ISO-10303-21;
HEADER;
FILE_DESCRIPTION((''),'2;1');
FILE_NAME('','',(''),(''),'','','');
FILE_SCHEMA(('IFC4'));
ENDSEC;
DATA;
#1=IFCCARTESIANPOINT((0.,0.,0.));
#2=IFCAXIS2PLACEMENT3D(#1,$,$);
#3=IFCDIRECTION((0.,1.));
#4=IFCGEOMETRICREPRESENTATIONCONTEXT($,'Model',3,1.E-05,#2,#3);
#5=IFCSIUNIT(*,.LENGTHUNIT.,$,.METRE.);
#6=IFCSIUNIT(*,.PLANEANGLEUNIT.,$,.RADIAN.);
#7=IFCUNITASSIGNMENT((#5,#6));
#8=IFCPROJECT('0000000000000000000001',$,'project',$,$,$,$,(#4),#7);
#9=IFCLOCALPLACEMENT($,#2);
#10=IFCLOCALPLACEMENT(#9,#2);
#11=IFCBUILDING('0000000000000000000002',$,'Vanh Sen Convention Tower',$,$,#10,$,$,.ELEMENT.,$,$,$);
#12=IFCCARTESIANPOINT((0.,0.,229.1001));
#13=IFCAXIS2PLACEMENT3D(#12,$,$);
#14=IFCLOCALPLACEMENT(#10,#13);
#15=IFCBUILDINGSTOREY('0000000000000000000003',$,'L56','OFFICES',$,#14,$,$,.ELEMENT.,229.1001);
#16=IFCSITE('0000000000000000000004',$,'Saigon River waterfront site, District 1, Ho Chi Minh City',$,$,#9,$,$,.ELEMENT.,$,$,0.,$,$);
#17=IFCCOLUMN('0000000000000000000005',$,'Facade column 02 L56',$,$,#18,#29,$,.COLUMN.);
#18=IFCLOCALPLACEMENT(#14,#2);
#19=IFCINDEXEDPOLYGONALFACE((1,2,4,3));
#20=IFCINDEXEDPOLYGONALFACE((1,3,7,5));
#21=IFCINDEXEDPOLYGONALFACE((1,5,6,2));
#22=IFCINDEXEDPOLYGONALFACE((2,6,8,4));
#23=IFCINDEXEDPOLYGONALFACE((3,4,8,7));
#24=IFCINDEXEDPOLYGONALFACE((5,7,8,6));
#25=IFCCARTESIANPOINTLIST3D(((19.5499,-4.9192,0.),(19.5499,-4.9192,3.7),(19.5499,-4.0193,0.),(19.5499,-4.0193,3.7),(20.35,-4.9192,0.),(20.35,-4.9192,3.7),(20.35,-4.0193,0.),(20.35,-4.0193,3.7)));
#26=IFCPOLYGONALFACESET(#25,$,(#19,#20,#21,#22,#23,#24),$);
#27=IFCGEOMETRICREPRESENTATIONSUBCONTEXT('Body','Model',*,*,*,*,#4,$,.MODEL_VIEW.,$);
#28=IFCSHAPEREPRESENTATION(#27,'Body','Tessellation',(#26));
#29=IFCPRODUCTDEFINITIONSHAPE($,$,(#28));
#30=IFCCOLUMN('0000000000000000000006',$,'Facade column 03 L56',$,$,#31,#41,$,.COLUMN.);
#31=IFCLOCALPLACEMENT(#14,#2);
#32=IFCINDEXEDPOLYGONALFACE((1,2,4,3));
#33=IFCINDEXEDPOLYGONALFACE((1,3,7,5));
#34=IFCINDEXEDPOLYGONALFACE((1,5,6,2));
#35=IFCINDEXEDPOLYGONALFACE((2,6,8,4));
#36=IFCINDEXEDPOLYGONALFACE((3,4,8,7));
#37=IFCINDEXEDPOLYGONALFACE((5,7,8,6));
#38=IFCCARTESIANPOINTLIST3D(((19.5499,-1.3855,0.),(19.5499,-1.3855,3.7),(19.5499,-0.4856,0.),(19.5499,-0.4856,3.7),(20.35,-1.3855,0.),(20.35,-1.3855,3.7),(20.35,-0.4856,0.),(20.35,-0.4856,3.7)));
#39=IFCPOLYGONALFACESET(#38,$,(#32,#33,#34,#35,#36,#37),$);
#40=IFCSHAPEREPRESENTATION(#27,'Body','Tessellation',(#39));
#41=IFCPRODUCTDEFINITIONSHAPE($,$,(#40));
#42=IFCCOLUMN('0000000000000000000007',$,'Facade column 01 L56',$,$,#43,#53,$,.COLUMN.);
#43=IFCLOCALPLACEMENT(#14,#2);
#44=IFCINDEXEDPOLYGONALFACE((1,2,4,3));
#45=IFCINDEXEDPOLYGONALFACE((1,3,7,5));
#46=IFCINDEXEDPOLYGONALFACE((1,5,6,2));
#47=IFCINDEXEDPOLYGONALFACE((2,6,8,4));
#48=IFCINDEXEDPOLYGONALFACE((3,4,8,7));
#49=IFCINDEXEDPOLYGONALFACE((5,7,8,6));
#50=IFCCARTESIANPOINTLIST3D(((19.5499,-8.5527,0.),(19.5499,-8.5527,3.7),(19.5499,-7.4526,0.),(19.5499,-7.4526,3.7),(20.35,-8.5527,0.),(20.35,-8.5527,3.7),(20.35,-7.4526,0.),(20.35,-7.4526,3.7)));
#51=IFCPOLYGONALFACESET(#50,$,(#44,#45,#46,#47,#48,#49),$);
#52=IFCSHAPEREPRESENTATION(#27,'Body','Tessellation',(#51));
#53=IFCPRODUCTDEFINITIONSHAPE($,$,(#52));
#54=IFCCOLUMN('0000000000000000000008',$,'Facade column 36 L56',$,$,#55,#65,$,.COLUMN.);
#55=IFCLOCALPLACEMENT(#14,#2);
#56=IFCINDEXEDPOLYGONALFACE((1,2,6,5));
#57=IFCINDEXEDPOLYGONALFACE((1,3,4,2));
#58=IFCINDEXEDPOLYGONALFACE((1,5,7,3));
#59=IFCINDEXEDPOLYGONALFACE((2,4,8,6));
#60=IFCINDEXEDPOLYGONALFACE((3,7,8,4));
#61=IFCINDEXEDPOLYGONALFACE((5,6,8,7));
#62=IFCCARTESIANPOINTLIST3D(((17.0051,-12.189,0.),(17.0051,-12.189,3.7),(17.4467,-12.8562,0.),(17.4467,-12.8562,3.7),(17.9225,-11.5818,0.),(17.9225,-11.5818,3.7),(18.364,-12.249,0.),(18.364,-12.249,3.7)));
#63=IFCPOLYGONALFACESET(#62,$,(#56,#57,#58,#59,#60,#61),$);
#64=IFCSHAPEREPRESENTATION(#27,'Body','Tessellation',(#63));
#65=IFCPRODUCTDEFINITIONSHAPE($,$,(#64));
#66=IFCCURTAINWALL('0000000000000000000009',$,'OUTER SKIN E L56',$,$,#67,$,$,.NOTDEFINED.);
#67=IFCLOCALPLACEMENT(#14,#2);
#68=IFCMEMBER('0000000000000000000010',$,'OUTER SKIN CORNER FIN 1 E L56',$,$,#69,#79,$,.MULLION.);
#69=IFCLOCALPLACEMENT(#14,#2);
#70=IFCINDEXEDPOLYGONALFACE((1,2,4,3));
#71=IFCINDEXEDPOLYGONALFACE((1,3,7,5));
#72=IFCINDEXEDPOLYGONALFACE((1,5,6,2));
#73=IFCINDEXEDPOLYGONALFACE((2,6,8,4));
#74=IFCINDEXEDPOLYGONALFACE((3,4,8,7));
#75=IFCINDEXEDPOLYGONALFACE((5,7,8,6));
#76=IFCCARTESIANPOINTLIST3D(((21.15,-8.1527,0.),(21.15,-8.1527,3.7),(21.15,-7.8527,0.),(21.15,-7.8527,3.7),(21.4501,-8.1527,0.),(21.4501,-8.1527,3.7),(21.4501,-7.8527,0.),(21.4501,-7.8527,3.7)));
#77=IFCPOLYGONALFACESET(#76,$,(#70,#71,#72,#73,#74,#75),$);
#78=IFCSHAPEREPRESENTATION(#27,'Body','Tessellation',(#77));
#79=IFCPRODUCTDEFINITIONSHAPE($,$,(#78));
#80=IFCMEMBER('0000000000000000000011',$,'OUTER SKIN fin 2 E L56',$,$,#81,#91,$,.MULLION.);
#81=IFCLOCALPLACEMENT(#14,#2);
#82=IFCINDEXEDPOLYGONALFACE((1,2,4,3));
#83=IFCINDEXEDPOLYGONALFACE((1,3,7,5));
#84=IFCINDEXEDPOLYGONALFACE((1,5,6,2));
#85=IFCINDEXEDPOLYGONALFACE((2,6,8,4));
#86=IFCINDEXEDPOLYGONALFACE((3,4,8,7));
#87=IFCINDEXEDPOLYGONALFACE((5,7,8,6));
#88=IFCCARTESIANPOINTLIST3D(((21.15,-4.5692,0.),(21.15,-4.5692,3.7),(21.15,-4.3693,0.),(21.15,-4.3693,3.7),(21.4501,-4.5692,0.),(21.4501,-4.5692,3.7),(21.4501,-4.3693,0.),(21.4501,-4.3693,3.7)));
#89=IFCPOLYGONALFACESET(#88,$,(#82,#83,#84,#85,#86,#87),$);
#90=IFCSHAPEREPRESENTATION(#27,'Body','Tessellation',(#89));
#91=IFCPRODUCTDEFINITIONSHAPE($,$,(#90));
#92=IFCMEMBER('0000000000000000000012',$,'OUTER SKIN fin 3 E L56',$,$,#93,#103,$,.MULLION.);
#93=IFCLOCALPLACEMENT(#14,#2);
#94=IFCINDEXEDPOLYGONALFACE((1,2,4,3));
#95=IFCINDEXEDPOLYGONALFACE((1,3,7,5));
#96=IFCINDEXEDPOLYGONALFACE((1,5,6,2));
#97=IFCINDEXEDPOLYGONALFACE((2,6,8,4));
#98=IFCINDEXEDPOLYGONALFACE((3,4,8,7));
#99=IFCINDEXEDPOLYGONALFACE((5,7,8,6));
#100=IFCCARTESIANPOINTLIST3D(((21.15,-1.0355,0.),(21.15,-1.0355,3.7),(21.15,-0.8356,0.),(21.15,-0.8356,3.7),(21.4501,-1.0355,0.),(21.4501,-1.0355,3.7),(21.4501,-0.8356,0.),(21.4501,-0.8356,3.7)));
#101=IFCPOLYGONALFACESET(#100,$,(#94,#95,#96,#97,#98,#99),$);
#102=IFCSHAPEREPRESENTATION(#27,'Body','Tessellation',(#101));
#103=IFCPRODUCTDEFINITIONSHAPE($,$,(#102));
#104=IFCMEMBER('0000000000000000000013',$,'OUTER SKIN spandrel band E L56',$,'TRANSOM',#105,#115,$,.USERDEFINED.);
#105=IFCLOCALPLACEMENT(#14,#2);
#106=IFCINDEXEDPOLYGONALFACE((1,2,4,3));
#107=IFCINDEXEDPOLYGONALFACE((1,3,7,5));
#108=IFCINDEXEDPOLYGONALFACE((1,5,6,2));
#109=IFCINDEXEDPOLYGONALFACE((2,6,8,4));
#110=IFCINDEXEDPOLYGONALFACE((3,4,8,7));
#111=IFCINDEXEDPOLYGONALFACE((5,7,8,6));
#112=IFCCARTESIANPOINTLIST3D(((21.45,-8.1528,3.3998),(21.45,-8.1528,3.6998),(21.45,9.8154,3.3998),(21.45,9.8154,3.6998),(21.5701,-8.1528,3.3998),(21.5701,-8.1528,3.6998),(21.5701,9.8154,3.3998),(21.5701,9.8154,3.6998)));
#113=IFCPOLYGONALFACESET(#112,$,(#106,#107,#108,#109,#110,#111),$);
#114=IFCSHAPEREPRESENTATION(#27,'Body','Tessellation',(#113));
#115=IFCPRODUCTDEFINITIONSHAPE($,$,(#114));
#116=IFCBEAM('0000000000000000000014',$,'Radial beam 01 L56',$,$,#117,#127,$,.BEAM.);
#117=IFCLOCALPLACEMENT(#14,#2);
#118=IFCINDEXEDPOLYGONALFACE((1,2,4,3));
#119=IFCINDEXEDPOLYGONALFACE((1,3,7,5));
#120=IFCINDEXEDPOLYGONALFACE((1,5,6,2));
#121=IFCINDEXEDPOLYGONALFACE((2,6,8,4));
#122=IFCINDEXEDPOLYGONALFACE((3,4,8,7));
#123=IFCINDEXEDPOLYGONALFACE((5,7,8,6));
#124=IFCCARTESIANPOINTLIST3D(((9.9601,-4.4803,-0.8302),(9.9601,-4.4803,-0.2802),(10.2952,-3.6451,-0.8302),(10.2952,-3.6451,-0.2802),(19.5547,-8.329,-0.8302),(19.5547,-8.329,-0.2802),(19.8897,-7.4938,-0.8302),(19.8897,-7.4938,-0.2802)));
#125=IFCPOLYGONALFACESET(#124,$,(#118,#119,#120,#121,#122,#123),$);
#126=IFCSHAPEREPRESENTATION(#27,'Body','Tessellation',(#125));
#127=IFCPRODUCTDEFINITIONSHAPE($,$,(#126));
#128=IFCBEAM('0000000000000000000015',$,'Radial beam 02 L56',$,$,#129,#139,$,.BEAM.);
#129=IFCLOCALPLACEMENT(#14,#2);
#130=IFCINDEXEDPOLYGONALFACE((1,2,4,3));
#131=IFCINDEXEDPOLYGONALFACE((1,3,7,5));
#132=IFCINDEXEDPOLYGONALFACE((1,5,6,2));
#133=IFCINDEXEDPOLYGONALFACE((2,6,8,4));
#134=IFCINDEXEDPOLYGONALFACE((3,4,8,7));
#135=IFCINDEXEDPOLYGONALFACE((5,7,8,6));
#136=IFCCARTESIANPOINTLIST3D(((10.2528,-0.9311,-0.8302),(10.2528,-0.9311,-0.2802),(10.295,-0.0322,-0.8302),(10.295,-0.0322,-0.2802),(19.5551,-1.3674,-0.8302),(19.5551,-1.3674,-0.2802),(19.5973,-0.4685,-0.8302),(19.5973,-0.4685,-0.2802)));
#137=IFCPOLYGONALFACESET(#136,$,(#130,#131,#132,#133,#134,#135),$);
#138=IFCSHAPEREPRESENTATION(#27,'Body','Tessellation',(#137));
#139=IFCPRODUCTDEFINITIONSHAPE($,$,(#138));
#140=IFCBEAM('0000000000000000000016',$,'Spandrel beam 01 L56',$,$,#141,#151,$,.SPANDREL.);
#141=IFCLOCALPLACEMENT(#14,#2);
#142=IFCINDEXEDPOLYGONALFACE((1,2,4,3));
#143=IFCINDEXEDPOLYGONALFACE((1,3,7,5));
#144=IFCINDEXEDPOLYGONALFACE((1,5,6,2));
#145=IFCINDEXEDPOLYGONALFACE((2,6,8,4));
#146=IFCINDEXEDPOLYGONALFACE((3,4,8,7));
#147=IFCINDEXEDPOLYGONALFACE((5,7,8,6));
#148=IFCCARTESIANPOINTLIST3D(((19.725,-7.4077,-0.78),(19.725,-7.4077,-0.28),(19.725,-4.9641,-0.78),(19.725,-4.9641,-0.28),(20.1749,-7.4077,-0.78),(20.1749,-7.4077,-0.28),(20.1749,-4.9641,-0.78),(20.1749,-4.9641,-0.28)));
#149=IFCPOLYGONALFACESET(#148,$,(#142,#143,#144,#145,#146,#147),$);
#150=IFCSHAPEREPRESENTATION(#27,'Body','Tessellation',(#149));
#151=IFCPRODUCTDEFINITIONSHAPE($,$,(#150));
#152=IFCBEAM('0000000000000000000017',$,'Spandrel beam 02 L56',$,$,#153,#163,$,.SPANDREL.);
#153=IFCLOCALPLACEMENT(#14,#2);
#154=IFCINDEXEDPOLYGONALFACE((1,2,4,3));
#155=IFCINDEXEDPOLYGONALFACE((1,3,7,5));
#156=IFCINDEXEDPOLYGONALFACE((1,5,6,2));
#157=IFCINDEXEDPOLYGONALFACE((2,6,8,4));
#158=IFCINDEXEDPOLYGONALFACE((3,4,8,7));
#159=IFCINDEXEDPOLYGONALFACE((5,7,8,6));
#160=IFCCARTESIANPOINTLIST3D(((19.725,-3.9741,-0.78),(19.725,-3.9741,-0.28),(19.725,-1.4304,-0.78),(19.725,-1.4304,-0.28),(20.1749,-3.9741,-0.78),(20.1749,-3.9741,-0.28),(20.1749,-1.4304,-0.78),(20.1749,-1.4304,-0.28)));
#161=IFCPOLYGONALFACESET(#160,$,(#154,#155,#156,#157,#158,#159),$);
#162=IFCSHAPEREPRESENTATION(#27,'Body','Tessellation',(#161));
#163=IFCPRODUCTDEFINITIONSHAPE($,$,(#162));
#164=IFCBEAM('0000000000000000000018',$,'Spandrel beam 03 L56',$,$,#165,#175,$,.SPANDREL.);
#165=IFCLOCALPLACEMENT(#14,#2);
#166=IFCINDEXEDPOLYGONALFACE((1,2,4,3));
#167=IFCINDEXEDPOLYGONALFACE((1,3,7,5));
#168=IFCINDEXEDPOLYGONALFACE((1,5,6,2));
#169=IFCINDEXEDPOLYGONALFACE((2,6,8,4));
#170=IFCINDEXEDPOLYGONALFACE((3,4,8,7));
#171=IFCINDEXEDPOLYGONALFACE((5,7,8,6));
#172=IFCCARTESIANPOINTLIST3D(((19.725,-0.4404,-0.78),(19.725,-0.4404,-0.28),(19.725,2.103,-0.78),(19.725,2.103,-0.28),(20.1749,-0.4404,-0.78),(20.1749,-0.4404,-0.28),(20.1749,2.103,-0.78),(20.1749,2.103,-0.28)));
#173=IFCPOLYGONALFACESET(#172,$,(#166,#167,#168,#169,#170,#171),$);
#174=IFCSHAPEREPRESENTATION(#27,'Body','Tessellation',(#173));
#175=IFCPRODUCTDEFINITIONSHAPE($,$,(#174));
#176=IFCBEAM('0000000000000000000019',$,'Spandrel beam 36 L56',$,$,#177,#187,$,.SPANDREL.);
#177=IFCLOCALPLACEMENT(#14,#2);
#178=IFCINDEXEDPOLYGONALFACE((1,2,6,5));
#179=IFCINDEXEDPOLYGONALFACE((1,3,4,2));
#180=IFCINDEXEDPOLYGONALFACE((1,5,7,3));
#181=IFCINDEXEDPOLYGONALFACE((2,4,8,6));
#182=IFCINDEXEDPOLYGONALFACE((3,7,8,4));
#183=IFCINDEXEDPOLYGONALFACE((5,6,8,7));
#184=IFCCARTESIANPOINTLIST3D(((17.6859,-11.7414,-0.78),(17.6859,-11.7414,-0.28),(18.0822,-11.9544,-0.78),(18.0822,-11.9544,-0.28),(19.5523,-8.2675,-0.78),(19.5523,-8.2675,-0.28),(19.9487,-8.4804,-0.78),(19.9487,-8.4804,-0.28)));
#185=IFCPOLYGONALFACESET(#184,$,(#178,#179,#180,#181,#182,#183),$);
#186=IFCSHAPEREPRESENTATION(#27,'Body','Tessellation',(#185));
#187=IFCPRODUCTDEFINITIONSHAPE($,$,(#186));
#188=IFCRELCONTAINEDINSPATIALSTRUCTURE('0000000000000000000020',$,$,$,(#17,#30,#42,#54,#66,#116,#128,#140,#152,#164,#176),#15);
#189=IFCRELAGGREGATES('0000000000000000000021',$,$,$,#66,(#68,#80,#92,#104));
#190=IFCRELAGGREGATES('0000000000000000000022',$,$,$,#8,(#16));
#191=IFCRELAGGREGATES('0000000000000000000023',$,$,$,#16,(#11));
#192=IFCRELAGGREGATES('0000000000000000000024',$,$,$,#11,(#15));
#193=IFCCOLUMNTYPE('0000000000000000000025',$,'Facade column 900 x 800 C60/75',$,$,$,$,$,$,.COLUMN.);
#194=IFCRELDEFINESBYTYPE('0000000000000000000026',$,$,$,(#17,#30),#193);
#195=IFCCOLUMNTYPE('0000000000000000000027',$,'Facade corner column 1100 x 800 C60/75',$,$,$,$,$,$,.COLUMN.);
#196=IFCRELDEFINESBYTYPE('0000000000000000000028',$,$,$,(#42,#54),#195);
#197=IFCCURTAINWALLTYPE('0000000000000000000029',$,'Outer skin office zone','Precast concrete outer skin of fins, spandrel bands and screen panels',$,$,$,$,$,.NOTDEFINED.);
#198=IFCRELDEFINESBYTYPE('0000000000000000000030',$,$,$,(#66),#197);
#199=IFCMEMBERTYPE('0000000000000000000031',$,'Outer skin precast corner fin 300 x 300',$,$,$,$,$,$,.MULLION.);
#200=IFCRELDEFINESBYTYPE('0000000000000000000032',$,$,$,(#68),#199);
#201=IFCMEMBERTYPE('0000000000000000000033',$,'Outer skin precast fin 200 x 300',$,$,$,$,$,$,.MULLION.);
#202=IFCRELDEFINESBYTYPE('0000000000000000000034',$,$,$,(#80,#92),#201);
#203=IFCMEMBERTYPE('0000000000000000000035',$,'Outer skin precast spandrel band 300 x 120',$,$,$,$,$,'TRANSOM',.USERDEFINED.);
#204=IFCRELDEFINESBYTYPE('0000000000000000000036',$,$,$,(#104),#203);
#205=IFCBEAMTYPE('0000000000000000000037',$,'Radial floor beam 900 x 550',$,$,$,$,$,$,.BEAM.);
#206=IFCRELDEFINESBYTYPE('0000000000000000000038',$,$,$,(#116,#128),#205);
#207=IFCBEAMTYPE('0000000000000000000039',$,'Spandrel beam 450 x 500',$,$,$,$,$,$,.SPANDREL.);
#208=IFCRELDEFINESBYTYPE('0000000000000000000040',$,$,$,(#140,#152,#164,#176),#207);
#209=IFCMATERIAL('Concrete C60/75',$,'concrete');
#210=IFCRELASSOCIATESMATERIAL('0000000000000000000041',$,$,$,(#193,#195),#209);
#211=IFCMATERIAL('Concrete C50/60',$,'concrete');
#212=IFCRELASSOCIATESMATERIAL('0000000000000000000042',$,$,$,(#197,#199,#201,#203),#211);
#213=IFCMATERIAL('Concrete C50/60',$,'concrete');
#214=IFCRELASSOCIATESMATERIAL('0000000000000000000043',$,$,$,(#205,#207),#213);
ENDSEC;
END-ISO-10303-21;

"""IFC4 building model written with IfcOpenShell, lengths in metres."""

from ifc_helpers import new_model, si_unit, direction, frame, origin, origin_2d, place, context, subcontext, project, spatial, rectangle, extrude, material, material_profile, profile_set, type_object, element, aggregate, save


model = new_model("IFC4")

# Units and contexts
model_context = context("Model", 3, precision=1e-05, world=origin(), true_north=direction((0.0, 1.0)))
body_context = subcontext(model_context, "Body", "Model", "MODEL_VIEW")
ifc_project = project(units=[si_unit("LENGTHUNIT", "METRE"), si_unit("PLANEANGLEUNIT", "RADIAN")], contexts=[model_context])

# Site, building, storey
site_placement = place(None, origin())
site = spatial("IfcSite", under=ifc_project, at=site_placement, Name="Saigon River waterfront site, District 1, Ho Chi Minh City", CompositionType="ELEMENT", RefElevation=0.0)
building_placement = place(site_placement, origin())
building = spatial("IfcBuilding", under=site, at=building_placement, Name="Vanh Sen Convention Tower", CompositionType="ELEMENT")
storey_placement = place(building_placement, frame((0.0, 0.0, 229.1001)))
storey = spatial("IfcBuildingStorey", under=building, at=storey_placement, Name="L56", Description="OFFICES", CompositionType="ELEMENT", Elevation=229.1001)

# Columns
ifc_material_1 = material(Name="Concrete C60/75", Category="concrete")
ifc_material_profile_1 = material_profile(ifc_material_1, rectangle(XDim=0.8999, YDim=0.8, at=origin_2d()), Name="RC 900X800")
ifc_profile_set_1 = profile_set([ifc_material_profile_1], Name="Concrete C60/75")
column_type_1 = type_object("IfcColumnType", Name="Facade column 900 x 800 C60/75", PredefinedType="COLUMN", material=ifc_profile_set_1)
for number, where, z_axis, x_axis, name in (
    (1, (19.95, -4.4692, 0.0), (0.0, 0.0, 1.0), (0.0, 1.0, 0.0), "Facade column 02 L56"),
    (2, (19.95, -0.9355, 0.0), (0.0, 0.0, 1.0), (0.0, 1.0, 0.0), "Facade column 03 L56"),
):
    element("IfcColumn", number, at=place(storey_placement, frame(where, z_axis=z_axis, x_axis=x_axis)), inside=storey, type_object=column_type_1, Name=name, PredefinedType="COLUMN", context=body_context, shape_type="SweptSolid", body=[
        extrude(rectangle(XDim=0.8999, YDim=0.8, at=origin_2d()), origin(), (0.0, 0.0, 1.0), 3.7),
    ])
ifc_material_profile_2 = material_profile(ifc_material_1, rectangle(XDim=1.1001, YDim=0.8, at=origin_2d()), Name="RC 1100X800")
ifc_profile_set_2 = profile_set([ifc_material_profile_2], Name="Concrete C60/75")
column_type_2 = type_object("IfcColumnType", Name="Facade corner column 1100 x 800 C60/75", PredefinedType="COLUMN", material=ifc_profile_set_2)
for number, where, z_axis, x_axis, name in (
    (3, (19.95, -8.0027, 0.0), (0.0, 0.0, 1.0), (0.0, 1.0, 0.0), "Facade column 01 L56"),
    (4, (17.6846, -12.219, 0.0), (0.0, 0.0, 1.0), (0.833886, 0.551937, 0.0), "Facade column 36 L56"),
):
    element("IfcColumn", number, at=place(storey_placement, frame(where, z_axis=z_axis, x_axis=x_axis)), inside=storey, type_object=column_type_2, Name=name, PredefinedType="COLUMN", context=body_context, shape_type="SweptSolid", body=[
        extrude(rectangle(XDim=1.1001, YDim=0.8, at=origin_2d()), origin(), (0.0, 0.0, 1.0), 3.7),
    ])

# Curtain wall, members
ifc_material_2 = material(Name="Concrete C50/60", Category="concrete")
curtain_wall_type = type_object("IfcCurtainWallType", Name="Outer skin office zone", Description="Precast concrete outer skin of fins, spandrel bands and screen panels", PredefinedType="NOTDEFINED", material=ifc_material_2)
curtain_wall_1_placement = place(storey_placement, origin())
curtain_wall_1 = element("IfcCurtainWall", 5, at=curtain_wall_1_placement, inside=storey, type_object=curtain_wall_type, Name="OUTER SKIN E L56", PredefinedType="NOTDEFINED")
ifc_material_profile_3 = material_profile(ifc_material_2, rectangle(XDim=0.3, YDim=0.3, at=origin_2d()), Name="Outer skin precast corner fin 300 x 300")
ifc_profile_set_3 = profile_set([ifc_material_profile_3], Name="Concrete C50/60")
member_type_1 = type_object("IfcMemberType", Name="Outer skin precast corner fin 300 x 300", PredefinedType="MULLION", material=ifc_profile_set_3)
member_1_placement = place(storey_placement, frame((21.3, -8.0027, 0.0), z_axis=(0.0, 0.0, 1.0), x_axis=(0.0, 1.0, 0.0)))
member_1 = element("IfcMember", 6, at=member_1_placement, type_object=member_type_1, Name="OUTER SKIN CORNER FIN 1 E L56", PredefinedType="MULLION", context=body_context, shape_type="SweptSolid", body=[
    extrude(rectangle(XDim=0.3, YDim=0.3, at=origin_2d()), origin(), (0.0, 0.0, 1.0), 3.7),
])
ifc_material_profile_4 = material_profile(ifc_material_2, rectangle(XDim=0.2, YDim=0.3, at=origin_2d()), Name="Outer skin precast fin 200 x 300")
ifc_profile_set_4 = profile_set([ifc_material_profile_4], Name="Concrete C50/60")
member_type_2 = type_object("IfcMemberType", Name="Outer skin precast fin 200 x 300", PredefinedType="MULLION", material=ifc_profile_set_4)
member_2_placement = place(storey_placement, frame((21.3, -4.4692, 0.0), z_axis=(0.0, 0.0, 1.0), x_axis=(0.0, 1.0, 0.0)))
member_2 = element("IfcMember", 7, at=member_2_placement, type_object=member_type_2, Name="OUTER SKIN fin 2 E L56", PredefinedType="MULLION", context=body_context, shape_type="SweptSolid", body=[
    extrude(rectangle(XDim=0.2, YDim=0.3, at=origin_2d()), origin(), (0.0, 0.0, 1.0), 3.7),
])
member_3_placement = place(storey_placement, frame((21.3, -0.9355, 0.0), z_axis=(0.0, 0.0, 1.0), x_axis=(0.0, 1.0, 0.0)))
member_3 = element("IfcMember", 8, at=member_3_placement, type_object=member_type_2, Name="OUTER SKIN fin 3 E L56", PredefinedType="MULLION", context=body_context, shape_type="SweptSolid", body=[
    extrude(rectangle(XDim=0.2, YDim=0.3, at=origin_2d()), origin(), (0.0, 0.0, 1.0), 3.7),
])
ifc_material_profile_5 = material_profile(ifc_material_2, rectangle(XDim=0.1201, YDim=0.3, at=origin_2d()), Name="Outer skin precast spandrel band 300 x 120")
ifc_profile_set_5 = profile_set([ifc_material_profile_5], Name="Concrete C50/60")
member_type_3 = type_object("IfcMemberType", Name="Outer skin precast spandrel band 300 x 120", ElementType="TRANSOM", PredefinedType="USERDEFINED", material=ifc_profile_set_5)
member_4_placement = place(storey_placement, frame((21.51, -8.1528, 3.5498), z_axis=(0.0, 1.0, 0.0), x_axis=(-1.0, 0.0, 0.0)))
member_4 = element("IfcMember", 9, at=member_4_placement, type_object=member_type_3, Name="OUTER SKIN spandrel band E L56", ObjectType="TRANSOM", PredefinedType="USERDEFINED", context=body_context, shape_type="SweptSolid", body=[
    extrude(rectangle(XDim=0.1201, YDim=0.3, at=origin_2d()), origin(), (0.0, 0.0, 1.0), 17.9683),
])

# Beams
ifc_material_3 = material(Name="Concrete C50/60", Category="concrete")
ifc_material_profile_6 = material_profile(ifc_material_3, rectangle(XDim=0.8999, YDim=0.55, at=origin_2d()), Name="RC 900X550")
ifc_profile_set_6 = profile_set([ifc_material_profile_6], Name="Concrete C50/60")
beam_type_1 = type_object("IfcBeamType", Name="Radial floor beam 900 x 550", PredefinedType="BEAM", material=ifc_profile_set_6)
beam_1_placement = place(storey_placement, frame((19.7222, -7.9114, -0.5552), z_axis=(-0.928115, 0.372294, 0.0), x_axis=(-0.372294, -0.928115, 0.0)))
element("IfcBeam", 10, at=beam_1_placement, inside=storey, type_object=beam_type_1, Name="Radial beam 01 L56", PredefinedType="BEAM", context=body_context, shape_type="SweptSolid", body=[
    extrude(rectangle(XDim=0.8999, YDim=0.55, at=origin_2d()), origin(), (0.0, 0.0, 1.0), 10.3376),
])
beam_2_placement = place(storey_placement, frame((19.5762, -0.918, -0.5552), z_axis=(-0.998902, 0.046849, 0.0), x_axis=(-0.046849, -0.998902, 0.0)))
element("IfcBeam", 11, at=beam_2_placement, inside=storey, type_object=beam_type_1, Name="Radial beam 02 L56", PredefinedType="BEAM", context=body_context, shape_type="SweptSolid", body=[
    extrude(rectangle(XDim=0.8999, YDim=0.55, at=origin_2d()), origin(), (0.0, 0.0, 1.0), 9.3125),
])
ifc_material_profile_7 = material_profile(ifc_material_3, rectangle(XDim=0.45, YDim=0.5, at=origin_2d()), Name="RC 450X500")
ifc_profile_set_7 = profile_set([ifc_material_profile_7], Name="Concrete C50/60")
beam_type_2 = type_object("IfcBeamType", Name="Spandrel beam 450 x 500", PredefinedType="SPANDREL", material=ifc_profile_set_7)
beam_3_placement = place(storey_placement, frame((19.95, -7.4077, -0.53), z_axis=(0.0, 1.0, 0.0), x_axis=(-1.0, 0.0, 0.0)))
element("IfcBeam", 12, at=beam_3_placement, inside=storey, type_object=beam_type_2, Name="Spandrel beam 01 L56", PredefinedType="SPANDREL", context=body_context, shape_type="SweptSolid", body=[
    extrude(rectangle(XDim=0.45, YDim=0.5, at=origin_2d()), origin(), (0.0, 0.0, 1.0), 2.4436),
])
beam_4_placement = place(storey_placement, frame((19.95, -3.9741, -0.53), z_axis=(0.0, 1.0, 0.0), x_axis=(-1.0, 0.0, 0.0)))
element("IfcBeam", 13, at=beam_4_placement, inside=storey, type_object=beam_type_2, Name="Spandrel beam 02 L56", PredefinedType="SPANDREL", context=body_context, shape_type="SweptSolid", body=[
    extrude(rectangle(XDim=0.45, YDim=0.5, at=origin_2d()), origin(), (0.0, 0.0, 1.0), 2.5437),
])
beam_5_placement = place(storey_placement, frame((19.95, -0.4404, -0.53), z_axis=(0.0, 1.0, 0.0), x_axis=(-1.0, 0.0, 0.0)))
element("IfcBeam", 14, at=beam_5_placement, inside=storey, type_object=beam_type_2, Name="Spandrel beam 03 L56", PredefinedType="SPANDREL", context=body_context, shape_type="SweptSolid", body=[
    extrude(rectangle(XDim=0.45, YDim=0.5, at=origin_2d()), origin(), (0.0, 0.0, 1.0), 2.5435),
])
beam_6_placement = place(storey_placement, frame((17.884, -11.8479, -0.53), z_axis=(0.473295, 0.880904, 0.0), x_axis=(-0.880904, 0.473295, 0.0)))
element("IfcBeam", 15, at=beam_6_placement, inside=storey, type_object=beam_type_2, Name="Spandrel beam 36 L56", PredefinedType="SPANDREL", context=body_context, shape_type="SweptSolid", body=[
    extrude(rectangle(XDim=0.45, YDim=0.5, at=origin_2d()), origin(), (0.0, 0.0, 1.0), 3.9436),
])

aggregate(curtain_wall_1, [member_1, member_2, member_3, member_4])

save(model, "model.ifc")
